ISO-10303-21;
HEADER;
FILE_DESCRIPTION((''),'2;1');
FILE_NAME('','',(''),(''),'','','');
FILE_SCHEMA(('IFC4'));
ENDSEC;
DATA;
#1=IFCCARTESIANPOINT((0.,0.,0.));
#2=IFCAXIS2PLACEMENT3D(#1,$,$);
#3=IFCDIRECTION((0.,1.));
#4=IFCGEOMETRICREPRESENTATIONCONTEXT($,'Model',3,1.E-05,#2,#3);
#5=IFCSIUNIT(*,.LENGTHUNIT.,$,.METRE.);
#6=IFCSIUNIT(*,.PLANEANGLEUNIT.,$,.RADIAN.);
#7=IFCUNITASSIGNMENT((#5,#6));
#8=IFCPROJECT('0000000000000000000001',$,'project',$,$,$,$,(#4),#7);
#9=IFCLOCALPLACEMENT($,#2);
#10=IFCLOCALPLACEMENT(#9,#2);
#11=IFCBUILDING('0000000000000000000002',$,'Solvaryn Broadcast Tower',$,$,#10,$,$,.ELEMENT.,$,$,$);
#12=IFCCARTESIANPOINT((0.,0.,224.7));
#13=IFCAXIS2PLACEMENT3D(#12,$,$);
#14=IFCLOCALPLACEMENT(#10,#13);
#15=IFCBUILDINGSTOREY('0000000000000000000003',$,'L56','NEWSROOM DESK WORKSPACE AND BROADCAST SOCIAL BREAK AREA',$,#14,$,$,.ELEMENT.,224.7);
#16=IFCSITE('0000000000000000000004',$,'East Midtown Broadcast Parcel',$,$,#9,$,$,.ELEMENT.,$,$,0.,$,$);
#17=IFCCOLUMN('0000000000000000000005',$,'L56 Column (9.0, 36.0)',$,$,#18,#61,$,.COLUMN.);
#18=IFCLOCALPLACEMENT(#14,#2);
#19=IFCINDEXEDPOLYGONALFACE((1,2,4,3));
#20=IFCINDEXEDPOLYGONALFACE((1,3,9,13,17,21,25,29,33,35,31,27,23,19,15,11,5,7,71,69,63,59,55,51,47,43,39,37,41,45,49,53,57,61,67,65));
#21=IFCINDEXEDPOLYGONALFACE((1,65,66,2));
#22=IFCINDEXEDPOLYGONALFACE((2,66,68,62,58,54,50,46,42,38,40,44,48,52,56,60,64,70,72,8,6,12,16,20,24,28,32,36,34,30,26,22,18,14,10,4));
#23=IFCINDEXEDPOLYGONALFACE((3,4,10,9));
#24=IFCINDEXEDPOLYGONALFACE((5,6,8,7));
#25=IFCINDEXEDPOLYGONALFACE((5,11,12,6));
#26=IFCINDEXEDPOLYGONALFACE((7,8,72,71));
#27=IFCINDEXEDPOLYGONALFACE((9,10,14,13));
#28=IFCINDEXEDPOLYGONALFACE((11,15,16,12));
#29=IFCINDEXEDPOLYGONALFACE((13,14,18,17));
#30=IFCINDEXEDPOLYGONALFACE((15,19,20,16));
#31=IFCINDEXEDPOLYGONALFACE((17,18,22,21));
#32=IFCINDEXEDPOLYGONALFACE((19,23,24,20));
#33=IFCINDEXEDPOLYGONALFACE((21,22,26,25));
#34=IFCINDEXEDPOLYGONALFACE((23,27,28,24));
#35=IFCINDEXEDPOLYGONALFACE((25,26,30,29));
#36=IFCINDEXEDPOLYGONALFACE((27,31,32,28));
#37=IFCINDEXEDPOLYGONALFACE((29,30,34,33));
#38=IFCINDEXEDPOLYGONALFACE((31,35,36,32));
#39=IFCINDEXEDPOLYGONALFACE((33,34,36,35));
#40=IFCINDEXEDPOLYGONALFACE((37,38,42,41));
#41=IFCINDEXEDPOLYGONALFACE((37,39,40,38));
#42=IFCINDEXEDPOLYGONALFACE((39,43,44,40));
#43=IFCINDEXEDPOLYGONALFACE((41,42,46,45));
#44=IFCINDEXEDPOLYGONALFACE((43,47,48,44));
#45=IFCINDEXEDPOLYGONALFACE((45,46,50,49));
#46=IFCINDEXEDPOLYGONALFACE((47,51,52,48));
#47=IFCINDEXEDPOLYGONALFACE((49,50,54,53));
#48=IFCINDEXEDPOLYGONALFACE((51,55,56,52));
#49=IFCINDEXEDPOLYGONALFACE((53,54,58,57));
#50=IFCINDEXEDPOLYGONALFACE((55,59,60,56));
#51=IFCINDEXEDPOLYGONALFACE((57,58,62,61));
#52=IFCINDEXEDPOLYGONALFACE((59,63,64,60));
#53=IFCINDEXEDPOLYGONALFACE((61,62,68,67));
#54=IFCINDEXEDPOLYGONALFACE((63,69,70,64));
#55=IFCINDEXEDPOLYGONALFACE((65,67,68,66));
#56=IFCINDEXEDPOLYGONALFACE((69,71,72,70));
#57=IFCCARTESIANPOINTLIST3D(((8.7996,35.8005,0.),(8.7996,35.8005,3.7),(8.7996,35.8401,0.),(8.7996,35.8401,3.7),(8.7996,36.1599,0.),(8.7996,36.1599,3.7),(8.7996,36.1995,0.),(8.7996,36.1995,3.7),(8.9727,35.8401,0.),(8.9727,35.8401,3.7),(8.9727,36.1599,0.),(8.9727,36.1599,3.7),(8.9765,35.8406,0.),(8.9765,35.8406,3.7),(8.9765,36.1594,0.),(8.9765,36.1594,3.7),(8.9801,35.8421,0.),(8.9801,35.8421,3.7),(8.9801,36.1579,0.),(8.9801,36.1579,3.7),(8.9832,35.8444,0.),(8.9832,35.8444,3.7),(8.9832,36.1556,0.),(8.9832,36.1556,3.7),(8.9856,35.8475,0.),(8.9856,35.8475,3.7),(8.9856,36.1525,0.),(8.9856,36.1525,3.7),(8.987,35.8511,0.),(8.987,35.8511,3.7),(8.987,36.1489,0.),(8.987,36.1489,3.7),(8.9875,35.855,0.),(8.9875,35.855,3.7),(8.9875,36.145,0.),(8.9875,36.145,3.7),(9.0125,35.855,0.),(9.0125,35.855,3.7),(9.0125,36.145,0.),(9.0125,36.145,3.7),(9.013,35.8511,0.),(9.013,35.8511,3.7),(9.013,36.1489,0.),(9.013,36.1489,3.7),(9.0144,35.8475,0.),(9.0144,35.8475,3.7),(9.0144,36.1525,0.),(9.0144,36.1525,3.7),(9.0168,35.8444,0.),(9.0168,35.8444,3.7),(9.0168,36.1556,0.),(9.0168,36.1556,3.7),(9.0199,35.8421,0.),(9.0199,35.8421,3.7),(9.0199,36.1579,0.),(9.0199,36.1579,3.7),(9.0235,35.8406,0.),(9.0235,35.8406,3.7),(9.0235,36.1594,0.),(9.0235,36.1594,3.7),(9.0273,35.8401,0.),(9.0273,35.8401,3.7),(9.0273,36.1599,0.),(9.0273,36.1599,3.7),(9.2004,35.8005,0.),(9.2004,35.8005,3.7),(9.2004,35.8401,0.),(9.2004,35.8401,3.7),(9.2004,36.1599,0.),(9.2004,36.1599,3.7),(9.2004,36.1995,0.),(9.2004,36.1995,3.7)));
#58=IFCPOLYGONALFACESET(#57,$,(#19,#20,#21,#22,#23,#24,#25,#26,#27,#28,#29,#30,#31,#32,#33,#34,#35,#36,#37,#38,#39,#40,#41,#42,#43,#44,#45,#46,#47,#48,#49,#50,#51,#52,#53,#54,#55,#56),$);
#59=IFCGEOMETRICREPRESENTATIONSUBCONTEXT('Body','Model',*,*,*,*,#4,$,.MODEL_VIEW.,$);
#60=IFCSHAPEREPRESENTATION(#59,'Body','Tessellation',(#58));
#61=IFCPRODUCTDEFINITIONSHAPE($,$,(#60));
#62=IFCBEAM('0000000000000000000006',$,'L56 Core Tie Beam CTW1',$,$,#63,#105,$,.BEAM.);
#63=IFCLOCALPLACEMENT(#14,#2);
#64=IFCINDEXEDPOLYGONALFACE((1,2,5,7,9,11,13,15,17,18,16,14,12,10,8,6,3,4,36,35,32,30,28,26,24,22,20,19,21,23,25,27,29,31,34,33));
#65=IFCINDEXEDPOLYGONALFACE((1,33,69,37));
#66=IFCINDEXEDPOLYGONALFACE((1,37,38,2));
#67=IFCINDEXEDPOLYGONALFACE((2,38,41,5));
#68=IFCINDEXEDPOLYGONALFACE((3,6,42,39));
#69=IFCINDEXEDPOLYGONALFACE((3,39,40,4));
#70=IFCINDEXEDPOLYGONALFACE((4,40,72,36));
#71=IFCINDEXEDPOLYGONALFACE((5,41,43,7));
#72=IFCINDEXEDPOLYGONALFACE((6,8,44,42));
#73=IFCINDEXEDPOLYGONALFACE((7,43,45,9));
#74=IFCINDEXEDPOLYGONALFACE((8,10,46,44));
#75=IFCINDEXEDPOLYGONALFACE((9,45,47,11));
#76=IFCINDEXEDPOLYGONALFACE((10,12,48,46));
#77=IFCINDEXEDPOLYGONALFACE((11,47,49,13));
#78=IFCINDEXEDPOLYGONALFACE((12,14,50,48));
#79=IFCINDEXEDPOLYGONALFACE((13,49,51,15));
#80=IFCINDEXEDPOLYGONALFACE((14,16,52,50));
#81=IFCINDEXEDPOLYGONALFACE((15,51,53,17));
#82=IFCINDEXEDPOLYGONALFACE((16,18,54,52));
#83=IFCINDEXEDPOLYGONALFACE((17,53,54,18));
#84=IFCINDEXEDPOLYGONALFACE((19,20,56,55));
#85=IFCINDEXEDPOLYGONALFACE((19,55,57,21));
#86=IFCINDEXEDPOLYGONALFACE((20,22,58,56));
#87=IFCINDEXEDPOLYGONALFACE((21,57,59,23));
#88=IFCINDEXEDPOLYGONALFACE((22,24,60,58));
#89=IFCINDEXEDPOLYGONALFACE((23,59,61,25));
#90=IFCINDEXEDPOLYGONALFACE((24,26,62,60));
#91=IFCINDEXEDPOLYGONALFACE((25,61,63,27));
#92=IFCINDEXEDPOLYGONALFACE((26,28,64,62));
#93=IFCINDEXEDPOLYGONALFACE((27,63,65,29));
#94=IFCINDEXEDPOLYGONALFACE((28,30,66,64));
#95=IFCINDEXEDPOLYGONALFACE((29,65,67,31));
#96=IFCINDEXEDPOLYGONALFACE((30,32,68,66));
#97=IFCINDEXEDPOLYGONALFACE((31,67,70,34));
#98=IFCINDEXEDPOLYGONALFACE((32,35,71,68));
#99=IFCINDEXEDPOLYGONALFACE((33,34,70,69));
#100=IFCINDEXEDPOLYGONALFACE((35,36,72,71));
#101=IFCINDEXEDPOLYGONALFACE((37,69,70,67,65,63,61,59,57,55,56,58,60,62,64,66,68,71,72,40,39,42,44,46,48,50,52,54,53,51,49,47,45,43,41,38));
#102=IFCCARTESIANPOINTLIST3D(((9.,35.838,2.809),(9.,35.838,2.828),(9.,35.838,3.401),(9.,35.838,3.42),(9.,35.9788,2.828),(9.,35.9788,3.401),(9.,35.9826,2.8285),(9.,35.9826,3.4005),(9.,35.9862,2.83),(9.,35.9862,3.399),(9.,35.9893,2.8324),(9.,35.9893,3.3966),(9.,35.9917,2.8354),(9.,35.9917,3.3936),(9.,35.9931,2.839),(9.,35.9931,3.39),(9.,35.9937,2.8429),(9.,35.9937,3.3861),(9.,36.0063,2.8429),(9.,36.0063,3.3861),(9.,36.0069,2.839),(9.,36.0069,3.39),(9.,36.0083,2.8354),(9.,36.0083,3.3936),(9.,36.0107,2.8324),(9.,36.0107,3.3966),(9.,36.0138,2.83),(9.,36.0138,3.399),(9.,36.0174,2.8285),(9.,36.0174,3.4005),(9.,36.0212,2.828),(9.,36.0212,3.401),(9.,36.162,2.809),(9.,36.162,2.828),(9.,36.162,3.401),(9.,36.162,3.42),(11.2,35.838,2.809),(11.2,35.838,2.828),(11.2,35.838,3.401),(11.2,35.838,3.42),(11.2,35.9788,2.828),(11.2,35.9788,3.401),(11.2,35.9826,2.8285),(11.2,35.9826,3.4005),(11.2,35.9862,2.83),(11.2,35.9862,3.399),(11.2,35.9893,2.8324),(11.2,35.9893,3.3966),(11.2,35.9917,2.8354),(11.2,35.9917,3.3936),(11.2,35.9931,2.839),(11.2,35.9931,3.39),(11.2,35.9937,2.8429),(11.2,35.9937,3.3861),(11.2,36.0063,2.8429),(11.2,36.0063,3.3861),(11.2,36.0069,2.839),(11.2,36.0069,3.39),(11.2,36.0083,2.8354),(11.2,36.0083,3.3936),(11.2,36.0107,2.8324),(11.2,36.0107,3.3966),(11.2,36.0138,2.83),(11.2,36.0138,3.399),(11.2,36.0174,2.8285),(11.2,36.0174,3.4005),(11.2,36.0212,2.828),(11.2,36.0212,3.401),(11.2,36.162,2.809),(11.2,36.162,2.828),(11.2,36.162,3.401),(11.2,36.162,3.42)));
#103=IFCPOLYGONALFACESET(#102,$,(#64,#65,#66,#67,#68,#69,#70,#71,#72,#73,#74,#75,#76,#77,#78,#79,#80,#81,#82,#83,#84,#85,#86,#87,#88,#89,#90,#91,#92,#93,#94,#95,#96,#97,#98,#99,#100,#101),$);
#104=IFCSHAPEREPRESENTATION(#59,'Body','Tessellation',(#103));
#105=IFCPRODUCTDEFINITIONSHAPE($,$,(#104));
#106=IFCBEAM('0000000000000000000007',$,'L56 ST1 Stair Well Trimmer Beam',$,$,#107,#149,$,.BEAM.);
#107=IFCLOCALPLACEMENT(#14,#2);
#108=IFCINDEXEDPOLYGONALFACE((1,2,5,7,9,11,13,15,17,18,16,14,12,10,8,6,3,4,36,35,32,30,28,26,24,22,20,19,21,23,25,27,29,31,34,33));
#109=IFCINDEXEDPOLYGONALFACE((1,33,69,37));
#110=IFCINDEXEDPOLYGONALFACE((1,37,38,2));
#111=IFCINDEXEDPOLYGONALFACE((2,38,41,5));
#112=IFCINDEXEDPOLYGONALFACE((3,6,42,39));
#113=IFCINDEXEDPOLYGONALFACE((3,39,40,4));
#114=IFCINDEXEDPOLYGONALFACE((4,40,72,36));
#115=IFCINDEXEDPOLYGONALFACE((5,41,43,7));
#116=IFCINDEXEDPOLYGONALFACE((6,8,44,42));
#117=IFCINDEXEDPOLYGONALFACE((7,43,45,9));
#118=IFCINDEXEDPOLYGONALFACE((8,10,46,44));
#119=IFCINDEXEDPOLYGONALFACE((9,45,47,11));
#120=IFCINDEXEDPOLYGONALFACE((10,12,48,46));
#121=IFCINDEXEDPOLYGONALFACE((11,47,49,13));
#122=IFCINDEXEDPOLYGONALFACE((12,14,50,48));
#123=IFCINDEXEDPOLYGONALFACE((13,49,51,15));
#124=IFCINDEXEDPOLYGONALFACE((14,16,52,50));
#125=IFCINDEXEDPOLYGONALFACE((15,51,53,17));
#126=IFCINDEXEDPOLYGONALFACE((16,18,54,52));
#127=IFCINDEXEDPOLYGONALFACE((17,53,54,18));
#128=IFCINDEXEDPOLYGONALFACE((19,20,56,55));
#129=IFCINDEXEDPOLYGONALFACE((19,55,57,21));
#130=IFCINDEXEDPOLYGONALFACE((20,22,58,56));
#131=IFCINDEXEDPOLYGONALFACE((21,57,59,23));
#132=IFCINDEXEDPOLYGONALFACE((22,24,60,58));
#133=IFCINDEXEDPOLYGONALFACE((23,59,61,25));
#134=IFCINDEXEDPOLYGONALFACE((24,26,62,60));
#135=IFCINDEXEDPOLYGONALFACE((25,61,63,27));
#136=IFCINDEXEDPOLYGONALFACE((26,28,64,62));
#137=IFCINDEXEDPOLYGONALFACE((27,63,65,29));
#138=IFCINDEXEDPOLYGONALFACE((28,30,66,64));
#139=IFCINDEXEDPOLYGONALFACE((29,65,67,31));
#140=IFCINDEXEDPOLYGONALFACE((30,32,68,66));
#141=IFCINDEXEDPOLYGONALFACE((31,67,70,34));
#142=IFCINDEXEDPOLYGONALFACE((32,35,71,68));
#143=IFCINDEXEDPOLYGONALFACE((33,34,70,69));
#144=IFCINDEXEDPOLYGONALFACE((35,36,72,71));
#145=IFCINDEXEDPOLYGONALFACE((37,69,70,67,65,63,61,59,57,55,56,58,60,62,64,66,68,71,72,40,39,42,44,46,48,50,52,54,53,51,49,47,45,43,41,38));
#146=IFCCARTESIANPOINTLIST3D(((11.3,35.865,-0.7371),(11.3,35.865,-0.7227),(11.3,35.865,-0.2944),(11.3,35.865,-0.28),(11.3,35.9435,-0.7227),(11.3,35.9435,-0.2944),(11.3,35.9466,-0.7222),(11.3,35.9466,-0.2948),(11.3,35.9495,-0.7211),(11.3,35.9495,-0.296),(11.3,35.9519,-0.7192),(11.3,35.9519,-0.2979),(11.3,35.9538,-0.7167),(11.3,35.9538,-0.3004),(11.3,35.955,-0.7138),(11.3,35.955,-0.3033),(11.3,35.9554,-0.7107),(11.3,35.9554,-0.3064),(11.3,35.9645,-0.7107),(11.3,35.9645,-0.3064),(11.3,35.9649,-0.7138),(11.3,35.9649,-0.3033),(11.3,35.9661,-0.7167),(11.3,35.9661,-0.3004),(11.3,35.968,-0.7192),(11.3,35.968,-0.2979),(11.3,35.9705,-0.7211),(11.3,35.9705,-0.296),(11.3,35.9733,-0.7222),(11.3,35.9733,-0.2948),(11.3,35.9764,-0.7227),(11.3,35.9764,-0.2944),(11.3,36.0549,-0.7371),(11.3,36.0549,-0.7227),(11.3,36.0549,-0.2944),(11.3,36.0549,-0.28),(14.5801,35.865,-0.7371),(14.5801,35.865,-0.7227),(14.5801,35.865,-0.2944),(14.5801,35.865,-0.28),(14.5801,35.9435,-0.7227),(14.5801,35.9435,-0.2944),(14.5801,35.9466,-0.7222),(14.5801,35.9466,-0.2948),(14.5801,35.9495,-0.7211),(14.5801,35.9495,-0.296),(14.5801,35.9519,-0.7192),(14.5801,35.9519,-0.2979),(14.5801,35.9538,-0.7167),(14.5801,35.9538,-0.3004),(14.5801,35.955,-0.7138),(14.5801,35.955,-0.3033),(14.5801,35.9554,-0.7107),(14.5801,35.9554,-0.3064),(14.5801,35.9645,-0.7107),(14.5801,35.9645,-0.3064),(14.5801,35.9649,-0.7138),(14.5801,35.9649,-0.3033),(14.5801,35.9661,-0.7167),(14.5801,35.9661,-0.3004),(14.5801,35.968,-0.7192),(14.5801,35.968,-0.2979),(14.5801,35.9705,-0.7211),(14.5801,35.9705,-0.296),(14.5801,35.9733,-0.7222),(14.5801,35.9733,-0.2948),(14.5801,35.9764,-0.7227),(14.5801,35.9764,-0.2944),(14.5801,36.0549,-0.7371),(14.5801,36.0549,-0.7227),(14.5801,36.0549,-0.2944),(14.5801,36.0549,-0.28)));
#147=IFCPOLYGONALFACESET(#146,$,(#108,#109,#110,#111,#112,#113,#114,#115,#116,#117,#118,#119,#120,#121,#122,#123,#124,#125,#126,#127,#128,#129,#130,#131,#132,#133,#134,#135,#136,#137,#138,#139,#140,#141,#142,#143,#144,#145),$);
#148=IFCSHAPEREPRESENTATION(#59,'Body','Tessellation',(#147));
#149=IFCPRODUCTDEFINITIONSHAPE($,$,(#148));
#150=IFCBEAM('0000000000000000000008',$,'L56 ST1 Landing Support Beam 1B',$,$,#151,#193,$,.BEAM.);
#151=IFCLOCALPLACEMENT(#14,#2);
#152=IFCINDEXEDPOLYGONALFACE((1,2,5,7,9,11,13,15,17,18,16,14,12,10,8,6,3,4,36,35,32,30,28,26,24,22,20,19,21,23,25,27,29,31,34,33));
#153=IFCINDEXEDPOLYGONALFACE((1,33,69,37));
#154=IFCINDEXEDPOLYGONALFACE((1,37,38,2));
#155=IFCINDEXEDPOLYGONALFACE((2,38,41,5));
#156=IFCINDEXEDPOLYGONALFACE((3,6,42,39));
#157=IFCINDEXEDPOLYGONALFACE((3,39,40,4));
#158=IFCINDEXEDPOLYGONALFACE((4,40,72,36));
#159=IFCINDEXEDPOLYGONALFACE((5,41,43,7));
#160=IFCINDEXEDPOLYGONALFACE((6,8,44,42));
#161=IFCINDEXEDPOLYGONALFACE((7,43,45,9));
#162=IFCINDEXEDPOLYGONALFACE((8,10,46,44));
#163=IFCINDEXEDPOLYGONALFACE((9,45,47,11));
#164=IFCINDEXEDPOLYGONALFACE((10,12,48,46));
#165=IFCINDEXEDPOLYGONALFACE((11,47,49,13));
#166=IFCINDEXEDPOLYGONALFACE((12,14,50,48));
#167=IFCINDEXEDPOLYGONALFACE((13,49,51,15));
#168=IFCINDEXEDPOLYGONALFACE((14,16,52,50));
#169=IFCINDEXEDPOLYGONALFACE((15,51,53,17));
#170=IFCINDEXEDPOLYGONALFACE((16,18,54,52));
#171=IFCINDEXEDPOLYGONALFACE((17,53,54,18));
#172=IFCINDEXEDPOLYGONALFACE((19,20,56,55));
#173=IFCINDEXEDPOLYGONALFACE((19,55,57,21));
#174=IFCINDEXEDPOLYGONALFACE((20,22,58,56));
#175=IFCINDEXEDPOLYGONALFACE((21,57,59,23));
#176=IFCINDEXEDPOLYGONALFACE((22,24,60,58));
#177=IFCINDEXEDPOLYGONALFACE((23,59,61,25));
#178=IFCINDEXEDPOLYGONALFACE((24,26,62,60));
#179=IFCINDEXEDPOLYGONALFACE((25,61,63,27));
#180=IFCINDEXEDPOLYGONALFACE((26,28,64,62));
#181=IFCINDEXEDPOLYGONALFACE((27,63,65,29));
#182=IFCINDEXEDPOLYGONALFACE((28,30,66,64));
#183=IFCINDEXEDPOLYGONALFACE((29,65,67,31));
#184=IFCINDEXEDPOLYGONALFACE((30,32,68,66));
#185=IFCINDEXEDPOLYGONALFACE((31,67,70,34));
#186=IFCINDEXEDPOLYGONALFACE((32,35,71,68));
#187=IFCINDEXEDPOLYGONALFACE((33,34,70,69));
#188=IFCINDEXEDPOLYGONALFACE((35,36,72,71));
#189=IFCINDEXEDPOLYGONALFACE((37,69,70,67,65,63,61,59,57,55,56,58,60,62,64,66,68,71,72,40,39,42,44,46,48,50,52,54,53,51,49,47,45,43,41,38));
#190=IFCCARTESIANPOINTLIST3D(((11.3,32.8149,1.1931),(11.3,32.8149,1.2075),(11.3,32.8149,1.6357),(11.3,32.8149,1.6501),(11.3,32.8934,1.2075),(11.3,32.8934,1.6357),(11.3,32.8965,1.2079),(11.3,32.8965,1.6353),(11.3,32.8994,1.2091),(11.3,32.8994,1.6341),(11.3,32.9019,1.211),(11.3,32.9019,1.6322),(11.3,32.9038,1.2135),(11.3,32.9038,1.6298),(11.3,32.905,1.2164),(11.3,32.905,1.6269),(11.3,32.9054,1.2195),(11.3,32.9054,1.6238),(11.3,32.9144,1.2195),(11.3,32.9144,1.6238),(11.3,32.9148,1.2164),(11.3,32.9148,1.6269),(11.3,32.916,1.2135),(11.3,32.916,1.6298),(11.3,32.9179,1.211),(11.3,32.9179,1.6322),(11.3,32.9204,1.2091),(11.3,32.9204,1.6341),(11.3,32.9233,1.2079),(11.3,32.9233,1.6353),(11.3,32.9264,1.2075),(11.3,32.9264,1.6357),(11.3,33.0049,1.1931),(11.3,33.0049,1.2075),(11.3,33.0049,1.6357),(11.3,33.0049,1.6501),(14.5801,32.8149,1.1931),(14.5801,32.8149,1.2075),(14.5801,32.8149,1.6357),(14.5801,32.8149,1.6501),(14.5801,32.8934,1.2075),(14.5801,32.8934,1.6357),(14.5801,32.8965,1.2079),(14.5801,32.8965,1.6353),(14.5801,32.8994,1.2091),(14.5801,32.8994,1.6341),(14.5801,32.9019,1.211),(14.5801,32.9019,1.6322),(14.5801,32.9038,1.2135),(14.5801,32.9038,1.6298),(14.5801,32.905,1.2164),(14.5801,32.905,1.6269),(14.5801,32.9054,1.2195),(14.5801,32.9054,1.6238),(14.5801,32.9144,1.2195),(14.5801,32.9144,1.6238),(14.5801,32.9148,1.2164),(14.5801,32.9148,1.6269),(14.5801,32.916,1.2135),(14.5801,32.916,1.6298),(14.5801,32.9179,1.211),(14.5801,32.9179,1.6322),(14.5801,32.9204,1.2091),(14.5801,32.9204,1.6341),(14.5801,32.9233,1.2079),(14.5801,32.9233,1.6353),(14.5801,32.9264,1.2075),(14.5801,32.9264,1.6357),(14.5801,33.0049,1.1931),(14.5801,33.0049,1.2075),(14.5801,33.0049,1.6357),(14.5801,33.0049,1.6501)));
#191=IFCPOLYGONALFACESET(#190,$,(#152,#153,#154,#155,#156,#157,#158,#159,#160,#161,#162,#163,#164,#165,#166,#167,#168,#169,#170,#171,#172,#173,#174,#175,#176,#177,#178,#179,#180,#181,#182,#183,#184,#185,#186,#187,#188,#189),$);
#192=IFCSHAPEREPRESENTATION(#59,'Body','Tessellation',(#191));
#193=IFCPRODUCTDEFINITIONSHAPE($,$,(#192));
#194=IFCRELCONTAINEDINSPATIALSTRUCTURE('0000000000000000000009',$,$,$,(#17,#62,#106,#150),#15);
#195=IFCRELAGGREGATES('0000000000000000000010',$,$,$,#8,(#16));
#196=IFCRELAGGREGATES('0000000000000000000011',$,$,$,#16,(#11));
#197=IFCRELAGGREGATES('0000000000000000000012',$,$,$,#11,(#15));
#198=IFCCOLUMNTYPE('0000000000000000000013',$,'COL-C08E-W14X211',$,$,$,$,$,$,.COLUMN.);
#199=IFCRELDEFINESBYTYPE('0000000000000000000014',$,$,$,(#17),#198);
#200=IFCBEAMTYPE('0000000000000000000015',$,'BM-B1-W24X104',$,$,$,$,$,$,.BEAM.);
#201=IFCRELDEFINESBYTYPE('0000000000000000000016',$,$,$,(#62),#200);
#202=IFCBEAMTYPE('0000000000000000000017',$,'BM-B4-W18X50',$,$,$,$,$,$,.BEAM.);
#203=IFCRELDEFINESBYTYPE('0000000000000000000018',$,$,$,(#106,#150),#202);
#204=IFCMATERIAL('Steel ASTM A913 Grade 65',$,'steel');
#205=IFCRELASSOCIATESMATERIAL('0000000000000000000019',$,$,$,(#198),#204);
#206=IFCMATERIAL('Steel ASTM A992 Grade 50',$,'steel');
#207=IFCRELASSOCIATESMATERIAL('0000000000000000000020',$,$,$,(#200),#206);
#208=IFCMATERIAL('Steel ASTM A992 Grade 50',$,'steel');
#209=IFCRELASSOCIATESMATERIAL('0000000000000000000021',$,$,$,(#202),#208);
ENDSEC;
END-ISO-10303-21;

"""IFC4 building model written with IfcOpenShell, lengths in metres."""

from ifc_helpers import new_model, si_unit, direction, frame, origin, origin_2d, place, context, subcontext, project, spatial, i_section, extrude, material, material_profile, profile_set, type_object, element, save


model = new_model("IFC4")

# Units and contexts
model_context = context("Model", 3, precision=1e-05, world=origin(), true_north=direction((0.0, 1.0)))
body_context = subcontext(model_context, "Body", "Model", "MODEL_VIEW")
ifc_project = project(units=[si_unit("LENGTHUNIT", "METRE"), si_unit("PLANEANGLEUNIT", "RADIAN")], contexts=[model_context])

# Site, building, storey
site_placement = place(None, origin())
site = spatial("IfcSite", under=ifc_project, at=site_placement, Name="East Midtown Broadcast Parcel", CompositionType="ELEMENT", RefElevation=0.0)
building_placement = place(site_placement, origin())
building = spatial("IfcBuilding", under=site, at=building_placement, Name="Solvaryn Broadcast Tower", CompositionType="ELEMENT")
storey_placement = place(building_placement, frame((0.0, 0.0, 224.7)))
storey = spatial("IfcBuildingStorey", under=building, at=storey_placement, Name="L56", Description="NEWSROOM DESK WORKSPACE AND BROADCAST SOCIAL BREAK AREA", CompositionType="ELEMENT", Elevation=224.7)

# Column
ifc_material_1 = material(Name="Steel ASTM A913 Grade 65", Category="steel")
ifc_material_profile_1 = material_profile(ifc_material_1, i_section(OverallWidth=0.4009, OverallDepth=0.3989, WebThickness=0.0249, FlangeThickness=0.0396, FilletRadius=0.0149, at=origin_2d()))
ifc_profile_set_1 = profile_set([ifc_material_profile_1], Name="Steel ASTM A913 Grade 65")
column_type = type_object("IfcColumnType", Name="COL-C08E-W14X211", PredefinedType="COLUMN", material=ifc_profile_set_1)
column_placement = place(storey_placement, frame((9.0, 36.0, 0.0), z_axis=(0.0, 0.0, 1.0), x_axis=(1.0, 0.0, 0.0)))
element("IfcColumn", 1, at=column_placement, inside=storey, type_object=column_type, Name="L56 Column (9.0, 36.0)", PredefinedType="COLUMN", context=body_context, shape_type="SweptSolid", body=[
    extrude(i_section(OverallWidth=0.4009, OverallDepth=0.3989, WebThickness=0.0249, FlangeThickness=0.0396, FilletRadius=0.0149, at=origin_2d()), origin(), (0.0, 0.0, 1.0), 3.7),
])

# Beams
ifc_material_2 = material(Name="Steel ASTM A992 Grade 50", Category="steel")
ifc_material_profile_2 = material_profile(ifc_material_2, i_section(OverallWidth=0.324, OverallDepth=0.6111, WebThickness=0.0127, FlangeThickness=0.019, FilletRadius=0.0149, at=origin_2d()))
ifc_profile_set_2 = profile_set([ifc_material_profile_2], Name="Steel ASTM A992 Grade 50")
beam_type_1 = type_object("IfcBeamType", Name="BM-B1-W24X104", PredefinedType="BEAM", material=ifc_profile_set_2)
beam_placement = place(storey_placement, frame((9.0, 36.0, 3.1145), z_axis=(1.0, 0.0, 0.0), x_axis=(0.0, 1.0, 0.0)))
element("IfcBeam", 2, at=beam_placement, inside=storey, type_object=beam_type_1, Name="L56 Core Tie Beam CTW1", PredefinedType="BEAM", context=body_context, shape_type="SweptSolid", body=[
    extrude(i_section(OverallWidth=0.324, OverallDepth=0.6111, WebThickness=0.0127, FlangeThickness=0.019, FilletRadius=0.0149, at=origin_2d()), origin(), (0.0, 0.0, 1.0), 2.2),
])
ifc_material_3 = material(Name="Steel ASTM A992 Grade 50", Category="steel")
ifc_material_profile_3 = material_profile(ifc_material_3, i_section(OverallWidth=0.1899, OverallDepth=0.457, WebThickness=0.009, FlangeThickness=0.0144, FilletRadius=0.012, at=origin_2d()))
ifc_profile_set_3 = profile_set([ifc_material_profile_3], Name="Steel ASTM A992 Grade 50")
beam_type_2 = type_object("IfcBeamType", Name="BM-B4-W18X50", PredefinedType="BEAM", material=ifc_profile_set_3)
for number, where, z_axis, x_axis, name in (
    (3, (11.3, 35.96, -0.5085), (1.0, 0.0, 0.0), (0.0, 1.0, 0.0), "L56 ST1 Stair Well Trimmer Beam"),
    (4, (11.3, 32.9099, 1.4216), (1.0, 0.0, 0.0), (0.0, 1.0, 0.0), "L56 ST1 Landing Support Beam 1B"),
):
    element("IfcBeam", number, at=place(storey_placement, frame(where, z_axis=z_axis, x_axis=x_axis)), inside=storey, type_object=beam_type_2, Name=name, PredefinedType="BEAM", context=body_context, shape_type="SweptSolid", body=[
        extrude(i_section(OverallWidth=0.1899, OverallDepth=0.457, WebThickness=0.009, FlangeThickness=0.0144, FilletRadius=0.012, at=origin_2d()), origin(), (0.0, 0.0, 1.0), 3.28),
    ])

save(model, "model.ifc")
